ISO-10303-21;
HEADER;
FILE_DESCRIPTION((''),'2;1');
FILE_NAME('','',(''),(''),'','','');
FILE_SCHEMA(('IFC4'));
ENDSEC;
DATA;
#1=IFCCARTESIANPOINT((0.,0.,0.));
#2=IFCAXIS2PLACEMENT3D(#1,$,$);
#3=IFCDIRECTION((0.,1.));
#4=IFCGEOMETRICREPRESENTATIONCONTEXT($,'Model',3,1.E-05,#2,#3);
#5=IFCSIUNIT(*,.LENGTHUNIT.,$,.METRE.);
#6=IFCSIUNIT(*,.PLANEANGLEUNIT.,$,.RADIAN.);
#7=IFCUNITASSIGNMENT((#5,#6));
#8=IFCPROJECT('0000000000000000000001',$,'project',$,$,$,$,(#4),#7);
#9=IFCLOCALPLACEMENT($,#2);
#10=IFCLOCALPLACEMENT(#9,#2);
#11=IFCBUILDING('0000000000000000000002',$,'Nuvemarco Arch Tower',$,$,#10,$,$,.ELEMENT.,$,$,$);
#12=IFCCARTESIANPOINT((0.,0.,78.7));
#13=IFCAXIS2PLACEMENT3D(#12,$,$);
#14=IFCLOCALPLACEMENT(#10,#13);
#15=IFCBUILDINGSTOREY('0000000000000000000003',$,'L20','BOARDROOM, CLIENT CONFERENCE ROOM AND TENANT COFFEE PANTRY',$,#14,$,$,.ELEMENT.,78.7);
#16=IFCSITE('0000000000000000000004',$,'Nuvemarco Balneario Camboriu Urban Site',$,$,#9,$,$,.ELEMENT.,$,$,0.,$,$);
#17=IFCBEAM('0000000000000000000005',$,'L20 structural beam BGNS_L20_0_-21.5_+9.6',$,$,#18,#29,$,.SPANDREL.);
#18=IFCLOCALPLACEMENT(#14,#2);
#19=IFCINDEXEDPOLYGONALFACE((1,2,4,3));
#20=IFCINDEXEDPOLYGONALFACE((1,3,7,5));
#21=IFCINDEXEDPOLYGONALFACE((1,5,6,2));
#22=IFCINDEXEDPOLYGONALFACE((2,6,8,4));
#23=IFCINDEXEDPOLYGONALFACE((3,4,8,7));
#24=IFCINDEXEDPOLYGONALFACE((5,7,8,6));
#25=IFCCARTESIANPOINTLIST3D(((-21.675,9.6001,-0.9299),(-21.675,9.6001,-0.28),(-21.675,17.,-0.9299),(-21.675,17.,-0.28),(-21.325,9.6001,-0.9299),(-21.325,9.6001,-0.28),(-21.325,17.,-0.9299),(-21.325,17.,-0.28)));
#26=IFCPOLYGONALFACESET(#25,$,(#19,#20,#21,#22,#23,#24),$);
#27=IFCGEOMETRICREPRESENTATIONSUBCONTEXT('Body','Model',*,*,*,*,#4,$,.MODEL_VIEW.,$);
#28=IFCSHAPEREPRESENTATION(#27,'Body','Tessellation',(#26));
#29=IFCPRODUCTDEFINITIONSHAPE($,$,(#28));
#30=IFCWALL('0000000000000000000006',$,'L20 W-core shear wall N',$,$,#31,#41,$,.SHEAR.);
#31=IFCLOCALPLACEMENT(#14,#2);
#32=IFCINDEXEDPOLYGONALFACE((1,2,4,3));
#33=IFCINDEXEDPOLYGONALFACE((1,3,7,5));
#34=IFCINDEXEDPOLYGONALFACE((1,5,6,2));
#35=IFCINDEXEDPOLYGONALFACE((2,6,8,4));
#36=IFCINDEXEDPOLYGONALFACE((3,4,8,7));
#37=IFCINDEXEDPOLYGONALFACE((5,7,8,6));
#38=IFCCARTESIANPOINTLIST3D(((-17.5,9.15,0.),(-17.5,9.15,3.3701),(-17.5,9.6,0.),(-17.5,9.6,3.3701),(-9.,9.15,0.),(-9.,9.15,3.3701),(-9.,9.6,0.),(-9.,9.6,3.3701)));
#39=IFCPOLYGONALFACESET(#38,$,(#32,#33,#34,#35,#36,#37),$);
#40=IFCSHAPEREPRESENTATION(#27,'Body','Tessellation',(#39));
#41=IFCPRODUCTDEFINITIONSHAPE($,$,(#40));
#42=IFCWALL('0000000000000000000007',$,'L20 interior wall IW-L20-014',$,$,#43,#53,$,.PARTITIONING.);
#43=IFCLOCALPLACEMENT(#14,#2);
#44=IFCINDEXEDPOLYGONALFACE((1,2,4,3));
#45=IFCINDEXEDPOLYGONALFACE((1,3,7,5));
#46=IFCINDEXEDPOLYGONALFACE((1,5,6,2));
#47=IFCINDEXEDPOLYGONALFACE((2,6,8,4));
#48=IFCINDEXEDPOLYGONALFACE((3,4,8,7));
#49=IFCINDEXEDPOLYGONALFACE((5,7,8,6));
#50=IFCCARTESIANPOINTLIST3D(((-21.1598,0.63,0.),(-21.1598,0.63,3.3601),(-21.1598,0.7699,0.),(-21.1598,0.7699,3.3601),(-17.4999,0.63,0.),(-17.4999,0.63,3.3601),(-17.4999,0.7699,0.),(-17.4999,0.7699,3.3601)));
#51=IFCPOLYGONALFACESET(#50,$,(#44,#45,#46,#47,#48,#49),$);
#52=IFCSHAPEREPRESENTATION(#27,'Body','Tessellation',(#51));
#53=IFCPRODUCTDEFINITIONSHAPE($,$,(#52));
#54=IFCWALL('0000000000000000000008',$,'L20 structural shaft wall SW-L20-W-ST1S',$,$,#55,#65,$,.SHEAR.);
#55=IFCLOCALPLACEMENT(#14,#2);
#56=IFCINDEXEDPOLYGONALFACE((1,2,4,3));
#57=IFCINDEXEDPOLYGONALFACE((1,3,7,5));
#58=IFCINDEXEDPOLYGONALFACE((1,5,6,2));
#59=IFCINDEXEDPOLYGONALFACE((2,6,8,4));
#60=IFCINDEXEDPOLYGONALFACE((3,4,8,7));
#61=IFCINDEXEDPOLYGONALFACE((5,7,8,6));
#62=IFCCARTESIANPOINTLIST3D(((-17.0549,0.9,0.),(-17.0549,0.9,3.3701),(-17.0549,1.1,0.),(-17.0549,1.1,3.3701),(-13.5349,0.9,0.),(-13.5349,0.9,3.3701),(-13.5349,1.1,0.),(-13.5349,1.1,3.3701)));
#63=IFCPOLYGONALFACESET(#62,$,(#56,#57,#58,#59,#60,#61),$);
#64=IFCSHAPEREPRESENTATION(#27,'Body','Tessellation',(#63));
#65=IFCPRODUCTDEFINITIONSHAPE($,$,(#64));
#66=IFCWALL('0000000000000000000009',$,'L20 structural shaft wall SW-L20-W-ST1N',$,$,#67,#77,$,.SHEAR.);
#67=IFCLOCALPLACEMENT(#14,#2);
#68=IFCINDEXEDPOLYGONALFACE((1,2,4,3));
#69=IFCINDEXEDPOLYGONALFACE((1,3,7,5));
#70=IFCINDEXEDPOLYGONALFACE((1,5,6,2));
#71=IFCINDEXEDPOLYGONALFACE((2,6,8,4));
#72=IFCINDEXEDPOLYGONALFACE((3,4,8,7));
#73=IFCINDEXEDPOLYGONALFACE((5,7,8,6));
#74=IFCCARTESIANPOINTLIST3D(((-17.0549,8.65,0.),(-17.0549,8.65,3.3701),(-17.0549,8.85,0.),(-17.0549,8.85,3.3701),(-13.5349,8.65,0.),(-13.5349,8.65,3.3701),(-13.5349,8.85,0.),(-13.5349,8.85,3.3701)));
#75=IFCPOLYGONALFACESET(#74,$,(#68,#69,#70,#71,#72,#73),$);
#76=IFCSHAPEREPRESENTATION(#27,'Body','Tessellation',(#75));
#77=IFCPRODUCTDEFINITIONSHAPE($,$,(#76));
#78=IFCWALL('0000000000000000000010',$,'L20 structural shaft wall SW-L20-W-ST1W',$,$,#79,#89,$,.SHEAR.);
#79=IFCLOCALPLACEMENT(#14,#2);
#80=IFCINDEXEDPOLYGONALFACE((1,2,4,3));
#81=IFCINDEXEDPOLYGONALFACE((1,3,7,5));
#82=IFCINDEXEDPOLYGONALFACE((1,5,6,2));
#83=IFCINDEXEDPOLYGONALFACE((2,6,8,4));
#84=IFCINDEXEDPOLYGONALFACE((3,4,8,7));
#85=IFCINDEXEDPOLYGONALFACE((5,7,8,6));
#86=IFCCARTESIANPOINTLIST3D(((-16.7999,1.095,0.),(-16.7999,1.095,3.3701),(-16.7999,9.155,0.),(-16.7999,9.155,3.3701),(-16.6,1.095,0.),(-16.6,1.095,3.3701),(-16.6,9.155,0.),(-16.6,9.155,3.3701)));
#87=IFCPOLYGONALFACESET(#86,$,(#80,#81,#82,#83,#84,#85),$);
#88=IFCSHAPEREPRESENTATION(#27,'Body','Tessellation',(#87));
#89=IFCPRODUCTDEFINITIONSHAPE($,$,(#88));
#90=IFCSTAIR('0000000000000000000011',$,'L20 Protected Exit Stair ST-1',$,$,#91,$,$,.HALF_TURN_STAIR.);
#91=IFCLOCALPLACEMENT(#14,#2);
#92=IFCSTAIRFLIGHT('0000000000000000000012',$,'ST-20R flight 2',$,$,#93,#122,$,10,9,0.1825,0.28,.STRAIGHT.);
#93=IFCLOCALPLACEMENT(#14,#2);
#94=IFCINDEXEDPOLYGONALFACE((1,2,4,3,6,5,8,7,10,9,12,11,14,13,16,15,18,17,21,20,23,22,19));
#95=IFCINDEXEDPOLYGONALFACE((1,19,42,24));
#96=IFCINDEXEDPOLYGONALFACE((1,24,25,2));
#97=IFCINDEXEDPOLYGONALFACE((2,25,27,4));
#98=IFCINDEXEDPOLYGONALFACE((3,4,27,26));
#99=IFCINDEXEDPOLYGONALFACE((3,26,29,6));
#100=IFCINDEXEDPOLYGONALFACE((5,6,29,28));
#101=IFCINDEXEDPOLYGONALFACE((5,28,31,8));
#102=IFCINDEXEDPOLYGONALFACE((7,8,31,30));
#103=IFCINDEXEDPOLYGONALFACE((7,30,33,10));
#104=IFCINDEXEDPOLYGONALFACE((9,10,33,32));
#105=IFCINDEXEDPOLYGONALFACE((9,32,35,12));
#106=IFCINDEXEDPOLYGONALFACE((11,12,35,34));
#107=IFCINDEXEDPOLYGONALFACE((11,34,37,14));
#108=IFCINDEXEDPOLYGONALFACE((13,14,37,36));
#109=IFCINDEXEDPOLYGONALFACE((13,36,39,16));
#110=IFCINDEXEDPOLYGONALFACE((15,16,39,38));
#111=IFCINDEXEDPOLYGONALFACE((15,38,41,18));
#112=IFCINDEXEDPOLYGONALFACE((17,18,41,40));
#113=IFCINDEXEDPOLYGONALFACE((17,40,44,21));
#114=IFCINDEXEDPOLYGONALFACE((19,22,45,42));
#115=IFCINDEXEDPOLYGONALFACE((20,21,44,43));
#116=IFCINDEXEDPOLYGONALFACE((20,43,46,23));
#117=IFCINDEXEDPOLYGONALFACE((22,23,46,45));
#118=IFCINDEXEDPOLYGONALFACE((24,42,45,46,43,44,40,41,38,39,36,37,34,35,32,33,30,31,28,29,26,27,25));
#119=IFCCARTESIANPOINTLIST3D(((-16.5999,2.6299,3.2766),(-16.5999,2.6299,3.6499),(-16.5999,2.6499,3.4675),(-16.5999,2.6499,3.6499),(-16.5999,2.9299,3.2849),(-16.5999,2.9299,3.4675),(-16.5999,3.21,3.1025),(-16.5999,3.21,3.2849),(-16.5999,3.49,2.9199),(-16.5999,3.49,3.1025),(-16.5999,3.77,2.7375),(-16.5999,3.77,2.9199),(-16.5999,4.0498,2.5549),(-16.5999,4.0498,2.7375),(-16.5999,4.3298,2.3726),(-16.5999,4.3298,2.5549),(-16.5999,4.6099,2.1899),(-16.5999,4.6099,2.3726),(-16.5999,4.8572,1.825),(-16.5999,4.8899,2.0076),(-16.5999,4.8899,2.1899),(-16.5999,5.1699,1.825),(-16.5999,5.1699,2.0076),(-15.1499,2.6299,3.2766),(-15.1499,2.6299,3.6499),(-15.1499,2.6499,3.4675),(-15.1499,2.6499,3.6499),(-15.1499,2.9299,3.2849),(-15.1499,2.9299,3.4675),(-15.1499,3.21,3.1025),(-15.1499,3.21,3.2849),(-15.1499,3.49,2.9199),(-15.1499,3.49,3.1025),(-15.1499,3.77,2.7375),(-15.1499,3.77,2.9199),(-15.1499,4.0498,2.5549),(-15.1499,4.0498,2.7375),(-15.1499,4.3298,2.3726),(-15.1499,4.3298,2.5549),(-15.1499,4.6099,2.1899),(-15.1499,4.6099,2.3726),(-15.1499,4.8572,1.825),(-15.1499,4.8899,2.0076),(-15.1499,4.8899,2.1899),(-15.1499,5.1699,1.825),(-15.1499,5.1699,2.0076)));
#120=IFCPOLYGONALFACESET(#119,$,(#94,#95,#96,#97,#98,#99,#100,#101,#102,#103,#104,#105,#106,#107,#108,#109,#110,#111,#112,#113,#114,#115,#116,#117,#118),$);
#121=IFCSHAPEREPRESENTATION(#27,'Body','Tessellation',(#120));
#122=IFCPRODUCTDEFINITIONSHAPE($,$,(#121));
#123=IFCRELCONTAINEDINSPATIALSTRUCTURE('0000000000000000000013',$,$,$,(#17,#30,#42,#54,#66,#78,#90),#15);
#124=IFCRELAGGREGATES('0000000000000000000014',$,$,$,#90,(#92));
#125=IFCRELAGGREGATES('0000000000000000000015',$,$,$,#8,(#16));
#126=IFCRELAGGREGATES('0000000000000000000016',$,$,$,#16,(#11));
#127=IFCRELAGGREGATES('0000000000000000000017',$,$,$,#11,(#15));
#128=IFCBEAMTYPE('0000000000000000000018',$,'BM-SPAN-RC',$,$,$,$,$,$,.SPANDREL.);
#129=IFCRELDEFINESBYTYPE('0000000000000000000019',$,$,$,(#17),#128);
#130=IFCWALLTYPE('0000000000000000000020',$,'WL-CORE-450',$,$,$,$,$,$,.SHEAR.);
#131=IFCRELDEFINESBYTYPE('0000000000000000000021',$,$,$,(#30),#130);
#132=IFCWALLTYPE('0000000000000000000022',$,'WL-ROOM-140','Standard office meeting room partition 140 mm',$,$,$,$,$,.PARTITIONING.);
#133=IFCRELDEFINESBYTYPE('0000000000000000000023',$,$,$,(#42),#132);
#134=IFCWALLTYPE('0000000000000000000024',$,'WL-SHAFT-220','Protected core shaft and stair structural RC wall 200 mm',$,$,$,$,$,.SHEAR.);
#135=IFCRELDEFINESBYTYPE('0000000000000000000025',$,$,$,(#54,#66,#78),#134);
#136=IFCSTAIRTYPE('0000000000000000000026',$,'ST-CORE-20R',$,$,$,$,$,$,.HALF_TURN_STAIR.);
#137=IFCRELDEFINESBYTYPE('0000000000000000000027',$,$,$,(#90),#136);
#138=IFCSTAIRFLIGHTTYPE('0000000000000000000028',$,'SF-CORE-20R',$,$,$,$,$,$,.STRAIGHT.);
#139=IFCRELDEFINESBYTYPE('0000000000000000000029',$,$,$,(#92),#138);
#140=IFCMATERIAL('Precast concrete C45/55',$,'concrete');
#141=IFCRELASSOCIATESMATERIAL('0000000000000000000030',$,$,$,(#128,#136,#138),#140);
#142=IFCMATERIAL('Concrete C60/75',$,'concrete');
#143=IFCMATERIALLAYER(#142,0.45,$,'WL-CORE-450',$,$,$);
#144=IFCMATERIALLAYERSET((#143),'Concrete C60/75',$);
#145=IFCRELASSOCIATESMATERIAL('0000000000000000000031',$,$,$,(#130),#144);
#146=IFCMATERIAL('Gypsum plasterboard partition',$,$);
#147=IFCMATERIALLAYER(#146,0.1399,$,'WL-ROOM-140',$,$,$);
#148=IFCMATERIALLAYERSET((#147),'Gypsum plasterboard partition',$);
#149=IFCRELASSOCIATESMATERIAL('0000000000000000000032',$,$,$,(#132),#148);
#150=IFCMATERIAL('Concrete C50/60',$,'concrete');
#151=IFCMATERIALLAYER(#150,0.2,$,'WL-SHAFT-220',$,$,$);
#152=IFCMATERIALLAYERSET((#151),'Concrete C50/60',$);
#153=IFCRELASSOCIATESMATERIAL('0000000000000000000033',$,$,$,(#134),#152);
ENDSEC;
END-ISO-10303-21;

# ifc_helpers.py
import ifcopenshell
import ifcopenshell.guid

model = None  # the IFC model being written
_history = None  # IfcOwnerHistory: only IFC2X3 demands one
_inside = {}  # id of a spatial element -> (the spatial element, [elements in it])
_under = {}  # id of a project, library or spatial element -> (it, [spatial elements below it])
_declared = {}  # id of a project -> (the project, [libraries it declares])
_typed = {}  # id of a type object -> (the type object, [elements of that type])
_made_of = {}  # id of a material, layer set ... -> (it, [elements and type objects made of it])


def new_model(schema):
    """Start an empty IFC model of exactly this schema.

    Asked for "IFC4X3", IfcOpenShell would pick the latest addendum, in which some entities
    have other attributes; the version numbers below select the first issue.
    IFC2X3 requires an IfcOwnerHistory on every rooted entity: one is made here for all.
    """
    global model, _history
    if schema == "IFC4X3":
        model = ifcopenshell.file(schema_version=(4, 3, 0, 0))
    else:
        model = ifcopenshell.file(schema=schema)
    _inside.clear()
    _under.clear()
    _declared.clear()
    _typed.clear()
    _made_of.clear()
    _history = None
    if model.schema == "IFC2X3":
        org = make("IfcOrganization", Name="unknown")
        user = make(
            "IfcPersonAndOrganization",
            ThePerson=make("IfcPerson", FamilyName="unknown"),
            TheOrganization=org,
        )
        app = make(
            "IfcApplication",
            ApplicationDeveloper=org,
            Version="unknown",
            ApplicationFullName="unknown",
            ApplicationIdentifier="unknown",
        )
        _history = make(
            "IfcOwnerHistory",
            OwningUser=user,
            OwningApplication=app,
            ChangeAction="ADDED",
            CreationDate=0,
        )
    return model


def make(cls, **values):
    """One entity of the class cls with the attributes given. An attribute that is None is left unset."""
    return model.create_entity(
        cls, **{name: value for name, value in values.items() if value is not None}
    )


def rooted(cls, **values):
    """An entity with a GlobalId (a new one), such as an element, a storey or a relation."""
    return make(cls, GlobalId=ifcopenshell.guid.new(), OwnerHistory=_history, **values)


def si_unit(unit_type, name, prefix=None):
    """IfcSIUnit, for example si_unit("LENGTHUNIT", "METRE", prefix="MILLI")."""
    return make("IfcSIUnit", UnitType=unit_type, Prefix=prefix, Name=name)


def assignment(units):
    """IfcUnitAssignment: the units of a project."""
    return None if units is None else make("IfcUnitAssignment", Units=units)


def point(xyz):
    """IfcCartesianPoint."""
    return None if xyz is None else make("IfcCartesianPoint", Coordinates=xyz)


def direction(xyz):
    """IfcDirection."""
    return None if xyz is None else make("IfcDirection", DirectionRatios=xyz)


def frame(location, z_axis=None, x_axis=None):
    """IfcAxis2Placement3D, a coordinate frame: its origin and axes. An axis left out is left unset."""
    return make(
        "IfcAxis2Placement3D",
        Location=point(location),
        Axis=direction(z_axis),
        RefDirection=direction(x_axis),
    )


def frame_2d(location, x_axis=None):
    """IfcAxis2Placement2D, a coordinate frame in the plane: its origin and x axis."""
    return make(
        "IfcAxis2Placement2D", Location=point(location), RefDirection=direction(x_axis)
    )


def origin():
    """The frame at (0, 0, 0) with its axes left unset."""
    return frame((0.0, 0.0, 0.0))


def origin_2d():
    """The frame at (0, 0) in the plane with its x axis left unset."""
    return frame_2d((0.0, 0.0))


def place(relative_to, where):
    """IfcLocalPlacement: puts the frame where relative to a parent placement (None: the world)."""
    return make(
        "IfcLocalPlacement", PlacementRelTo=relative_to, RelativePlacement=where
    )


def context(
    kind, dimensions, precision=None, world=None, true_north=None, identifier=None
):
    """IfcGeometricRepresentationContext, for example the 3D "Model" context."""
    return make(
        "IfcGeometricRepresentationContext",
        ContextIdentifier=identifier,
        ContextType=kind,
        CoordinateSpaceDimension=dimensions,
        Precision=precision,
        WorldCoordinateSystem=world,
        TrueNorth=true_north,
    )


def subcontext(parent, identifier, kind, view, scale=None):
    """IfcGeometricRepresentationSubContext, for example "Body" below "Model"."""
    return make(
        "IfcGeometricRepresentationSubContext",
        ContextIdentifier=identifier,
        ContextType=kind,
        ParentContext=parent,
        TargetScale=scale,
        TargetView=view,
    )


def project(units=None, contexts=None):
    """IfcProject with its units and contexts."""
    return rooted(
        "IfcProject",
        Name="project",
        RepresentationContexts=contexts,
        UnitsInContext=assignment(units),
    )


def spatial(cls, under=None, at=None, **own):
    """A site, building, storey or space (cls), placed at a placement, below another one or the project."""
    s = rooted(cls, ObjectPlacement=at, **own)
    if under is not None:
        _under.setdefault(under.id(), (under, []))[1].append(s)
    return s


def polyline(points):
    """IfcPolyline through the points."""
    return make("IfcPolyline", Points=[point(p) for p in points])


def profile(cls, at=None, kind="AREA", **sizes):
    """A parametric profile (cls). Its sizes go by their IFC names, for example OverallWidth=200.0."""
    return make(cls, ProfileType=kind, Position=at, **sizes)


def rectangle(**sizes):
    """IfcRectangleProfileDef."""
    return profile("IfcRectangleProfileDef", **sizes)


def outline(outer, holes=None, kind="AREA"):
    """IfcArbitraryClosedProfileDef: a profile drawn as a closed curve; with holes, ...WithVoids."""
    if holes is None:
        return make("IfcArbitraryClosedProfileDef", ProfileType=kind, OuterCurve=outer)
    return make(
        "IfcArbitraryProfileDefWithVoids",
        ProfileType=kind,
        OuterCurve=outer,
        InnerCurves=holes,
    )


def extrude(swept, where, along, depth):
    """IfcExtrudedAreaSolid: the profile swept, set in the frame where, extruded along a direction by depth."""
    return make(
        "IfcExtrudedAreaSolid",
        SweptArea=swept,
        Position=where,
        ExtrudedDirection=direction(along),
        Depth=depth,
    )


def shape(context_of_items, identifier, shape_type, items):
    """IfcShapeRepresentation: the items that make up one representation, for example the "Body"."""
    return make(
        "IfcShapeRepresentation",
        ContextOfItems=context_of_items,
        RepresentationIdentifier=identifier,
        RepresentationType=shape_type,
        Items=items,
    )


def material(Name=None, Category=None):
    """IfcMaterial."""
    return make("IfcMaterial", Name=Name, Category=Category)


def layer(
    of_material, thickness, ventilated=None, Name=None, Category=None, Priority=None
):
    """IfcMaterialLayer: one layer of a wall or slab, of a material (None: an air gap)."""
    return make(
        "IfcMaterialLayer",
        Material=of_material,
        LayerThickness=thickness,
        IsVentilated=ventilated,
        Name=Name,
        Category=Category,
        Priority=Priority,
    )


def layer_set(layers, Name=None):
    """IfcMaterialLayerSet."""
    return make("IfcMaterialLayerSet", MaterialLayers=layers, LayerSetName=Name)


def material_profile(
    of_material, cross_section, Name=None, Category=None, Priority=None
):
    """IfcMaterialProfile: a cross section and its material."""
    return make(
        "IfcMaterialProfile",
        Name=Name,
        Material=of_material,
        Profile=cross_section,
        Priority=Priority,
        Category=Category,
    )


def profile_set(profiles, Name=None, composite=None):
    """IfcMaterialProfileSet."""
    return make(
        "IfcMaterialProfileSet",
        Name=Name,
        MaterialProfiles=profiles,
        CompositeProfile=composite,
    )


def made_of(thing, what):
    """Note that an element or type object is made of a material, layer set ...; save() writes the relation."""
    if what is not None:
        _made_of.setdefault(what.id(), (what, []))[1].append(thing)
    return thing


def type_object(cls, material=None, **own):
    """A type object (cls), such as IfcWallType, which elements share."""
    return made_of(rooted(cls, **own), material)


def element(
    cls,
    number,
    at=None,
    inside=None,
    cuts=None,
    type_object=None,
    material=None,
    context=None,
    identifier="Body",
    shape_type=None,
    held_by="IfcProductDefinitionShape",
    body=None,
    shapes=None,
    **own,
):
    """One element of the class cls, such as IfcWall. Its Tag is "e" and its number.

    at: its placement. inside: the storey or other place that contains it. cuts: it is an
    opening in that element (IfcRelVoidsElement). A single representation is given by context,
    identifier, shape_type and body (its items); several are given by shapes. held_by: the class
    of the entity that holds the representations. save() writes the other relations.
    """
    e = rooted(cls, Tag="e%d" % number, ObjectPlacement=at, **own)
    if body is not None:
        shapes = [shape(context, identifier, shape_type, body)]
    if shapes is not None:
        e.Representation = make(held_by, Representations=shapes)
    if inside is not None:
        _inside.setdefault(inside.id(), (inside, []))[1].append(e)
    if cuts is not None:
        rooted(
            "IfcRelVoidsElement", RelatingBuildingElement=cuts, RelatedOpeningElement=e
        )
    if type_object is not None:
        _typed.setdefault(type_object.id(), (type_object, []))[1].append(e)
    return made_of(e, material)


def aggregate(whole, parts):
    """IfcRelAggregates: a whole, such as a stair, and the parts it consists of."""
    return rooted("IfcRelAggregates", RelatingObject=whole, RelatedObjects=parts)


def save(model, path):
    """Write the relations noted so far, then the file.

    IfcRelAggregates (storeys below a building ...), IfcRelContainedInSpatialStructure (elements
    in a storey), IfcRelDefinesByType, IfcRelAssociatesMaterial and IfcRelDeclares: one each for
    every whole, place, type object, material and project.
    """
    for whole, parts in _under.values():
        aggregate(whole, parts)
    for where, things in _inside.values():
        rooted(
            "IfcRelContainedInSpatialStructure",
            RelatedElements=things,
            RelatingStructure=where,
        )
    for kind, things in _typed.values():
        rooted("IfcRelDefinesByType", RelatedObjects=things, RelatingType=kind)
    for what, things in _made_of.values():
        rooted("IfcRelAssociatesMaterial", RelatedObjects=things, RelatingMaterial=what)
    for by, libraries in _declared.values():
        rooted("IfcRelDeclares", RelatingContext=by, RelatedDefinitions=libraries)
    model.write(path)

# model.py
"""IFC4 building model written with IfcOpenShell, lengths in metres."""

from ifc_helpers import new_model, si_unit, direction, frame, frame_2d, origin, origin_2d, place, context, subcontext, project, spatial, polyline, rectangle, outline, extrude, material, layer, layer_set, material_profile, profile_set, type_object, element, aggregate, save


model = new_model("IFC4")

# Units and contexts
model_context = context("Model", 3, precision=1e-05, world=origin(), true_north=direction((0.0, 1.0)))
body_context = subcontext(model_context, "Body", "Model", "MODEL_VIEW")
ifc_project = project(units=[si_unit("LENGTHUNIT", "METRE"), si_unit("PLANEANGLEUNIT", "RADIAN")], contexts=[model_context])

# Site, building, storey
site_placement = place(None, origin())
site = spatial("IfcSite", under=ifc_project, at=site_placement, Name="Nuvemarco Balneario Camboriu Urban Site", CompositionType="ELEMENT", RefElevation=0.0)
building_placement = place(site_placement, origin())
building = spatial("IfcBuilding", under=site, at=building_placement, Name="Nuvemarco Arch Tower", CompositionType="ELEMENT")
storey_placement = place(building_placement, frame((0.0, 0.0, 78.7)))
storey = spatial("IfcBuildingStorey", under=building, at=storey_placement, Name="L20", Description="BOARDROOM, CLIENT CONFERENCE ROOM AND TENANT COFFEE PANTRY", CompositionType="ELEMENT", Elevation=78.7)

# Shared definitions
ifc_material_1 = material(Name="Concrete C60/75", Category="concrete")

# Beam
ifc_material_2 = material(Name="Precast concrete C45/55", Category="concrete")
ifc_material_profile_1 = material_profile(ifc_material_2, rectangle(XDim=0.3501, YDim=0.6499, at=origin_2d()), Name="PC-SP-350x650")
ifc_profile_set_1 = profile_set([ifc_material_profile_1], Name="Precast concrete C45/55")
beam_type_1 = type_object("IfcBeamType", Name="BM-SPAN-RC", PredefinedType="SPANDREL", material=ifc_profile_set_1)
beam_1_placement = place(storey_placement, frame((-21.5, 9.6001, -0.605), z_axis=(0.0, 1.0, 0.0), x_axis=(-1.0, 0.0, 0.0)))
element("IfcBeam", 1, at=beam_1_placement, inside=storey, type_object=beam_type_1, Name="L20 structural beam BGNS_L20_0_-21.5_+9.6", PredefinedType="SPANDREL", context=body_context, shape_type="SweptSolid", body=[
    extrude(rectangle(XDim=0.3501, YDim=0.6499, at=origin_2d()), origin(), (0.0, 0.0, 1.0), 7.3999),
])

# Walls
ifc_layer_1 = layer(ifc_material_1, 0.45, Name="WL-CORE-450")
ifc_layer_set_1 = layer_set([ifc_layer_1], Name="Concrete C60/75")
wall_type_1 = type_object("IfcWallType", Name="WL-CORE-450", PredefinedType="SHEAR", material=ifc_layer_set_1)
wall_1_placement = place(storey_placement, frame((-17.5, 9.375, 0.0), z_axis=(0.0, 0.0, 1.0), x_axis=(1.0, 0.0, 0.0)))
element("IfcWall", 2, at=wall_1_placement, inside=storey, type_object=wall_type_1, Name="L20 W-core shear wall N", PredefinedType="SHEAR", context=body_context, shape_type="SweptSolid", body=[
    extrude(rectangle(XDim=8.5, YDim=0.45, at=frame_2d((4.25, 0.0))), origin(), (0.0, 0.0, 1.0), 3.3701),
])
ifc_material_3 = material(Name="Gypsum plasterboard partition")
ifc_layer_2 = layer(ifc_material_3, 0.1399, Name="WL-ROOM-140")
ifc_layer_set_2 = layer_set([ifc_layer_2], Name="Gypsum plasterboard partition")
wall_type_2 = type_object("IfcWallType", Name="WL-ROOM-140", Description="Standard office meeting room partition 140 mm", PredefinedType="PARTITIONING", material=ifc_layer_set_2)
wall_2_placement = place(storey_placement, frame((-21.1599, 0.7, 0.0), z_axis=(0.0, 0.0, 1.0), x_axis=(1.0, 0.0, 0.0)))
element("IfcWall", 3, at=wall_2_placement, inside=storey, type_object=wall_type_2, Name="L20 interior wall IW-L20-014", PredefinedType="PARTITIONING", context=body_context, shape_type="SweptSolid", body=[
    extrude(rectangle(XDim=3.6599, YDim=0.1399, at=frame_2d((1.8301, 0.0))), origin(), (0.0, 0.0, 1.0), 3.3601),
])
ifc_material_4 = material(Name="Concrete C50/60", Category="concrete")
ifc_layer_3 = layer(ifc_material_4, 0.2, Name="WL-SHAFT-220")
ifc_layer_set_3 = layer_set([ifc_layer_3], Name="Concrete C50/60")
wall_type_3 = type_object("IfcWallType", Name="WL-SHAFT-220", Description="Protected core shaft and stair structural RC wall 200 mm", PredefinedType="SHEAR", material=ifc_layer_set_3)
for number, where, z_axis, x_axis, name in (
    (4, (-17.0549, 1.0, 0.0), (0.0, 0.0, 1.0), (1.0, 0.0, 0.0), "L20 structural shaft wall SW-L20-W-ST1S"),
    (5, (-17.0549, 8.75, 0.0), (0.0, 0.0, 1.0), (1.0, 0.0, 0.0), "L20 structural shaft wall SW-L20-W-ST1N"),
):
    element("IfcWall", number, at=place(storey_placement, frame(where, z_axis=z_axis, x_axis=x_axis)), inside=storey, type_object=wall_type_3, Name=name, PredefinedType="SHEAR", context=body_context, shape_type="SweptSolid", body=[
        extrude(rectangle(XDim=3.52, YDim=0.2, at=frame_2d((1.76, 0.0))), origin(), (0.0, 0.0, 1.0), 3.3701),
    ])
wall_3_placement = place(storey_placement, frame((-16.7, 1.095, 0.0), z_axis=(0.0, 0.0, 1.0), x_axis=(0.0, 1.0, 0.0)))
element("IfcWall", 6, at=wall_3_placement, inside=storey, type_object=wall_type_3, Name="L20 structural shaft wall SW-L20-W-ST1W", PredefinedType="SHEAR", context=body_context, shape_type="SweptSolid", body=[
    extrude(rectangle(XDim=8.0601, YDim=0.2, at=frame_2d((4.03, 0.0))), origin(), (0.0, 0.0, 1.0), 3.3701),
])

# Stair, stair flight
stair_type = type_object("IfcStairType", Name="ST-CORE-20R", PredefinedType="HALF_TURN_STAIR", material=ifc_material_2)
stair_placement = place(storey_placement, origin())
stair = element("IfcStair", 7, at=stair_placement, inside=storey, type_object=stair_type, Name="L20 Protected Exit Stair ST-1", PredefinedType="HALF_TURN_STAIR")
stair_flight_type = type_object("IfcStairFlightType", Name="SF-CORE-20R", PredefinedType="STRAIGHT", material=ifc_material_2)
stair_flight_placement = place(storey_placement, frame((-15.875, 5.1699, 1.825), z_axis=(0.0, 0.0, 1.0), x_axis=(0.0, -1.0, 0.0)))
stair_flight = element("IfcStairFlight", 8, at=stair_flight_placement, type_object=stair_flight_type, Name="ST-20R flight 2", NumberOfRisers=10, NumberOfTreads=9, PredefinedType="STRAIGHT", RiserHeight=0.1825, TreadLength=0.28, context=body_context, shape_type="SweptSolid", body=[
    extrude(outline(polyline([(0.0, 0.0), (0.0, 0.1826), (0.28, 0.1826), (0.28, 0.365), (0.5601, 0.365), (0.5601, 0.5476), (0.8401, 0.5476), (0.8401, 0.73), (1.1201, 0.73), (1.1201, 0.9126), (1.3999, 0.9126), (1.3999, 1.095), (1.6799, 1.095), (1.6799, 1.2776), (1.96, 1.2776), (1.96, 1.46), (2.24, 1.46), (2.24, 1.6426), (2.52, 1.6426), (2.52, 1.825), (2.54, 1.825), (2.54, 1.4517), (0.3127, 0.0), (0.0, 0.0)])), frame((0.0, 0.7251, 0.0), z_axis=(0.0, -1.0, 0.0), x_axis=(1.0, 0.0, 0.0)), (0.0, 0.0, 1.0), 1.45),
])
aggregate(stair, [stair_flight])

save(model, "model.ifc")
